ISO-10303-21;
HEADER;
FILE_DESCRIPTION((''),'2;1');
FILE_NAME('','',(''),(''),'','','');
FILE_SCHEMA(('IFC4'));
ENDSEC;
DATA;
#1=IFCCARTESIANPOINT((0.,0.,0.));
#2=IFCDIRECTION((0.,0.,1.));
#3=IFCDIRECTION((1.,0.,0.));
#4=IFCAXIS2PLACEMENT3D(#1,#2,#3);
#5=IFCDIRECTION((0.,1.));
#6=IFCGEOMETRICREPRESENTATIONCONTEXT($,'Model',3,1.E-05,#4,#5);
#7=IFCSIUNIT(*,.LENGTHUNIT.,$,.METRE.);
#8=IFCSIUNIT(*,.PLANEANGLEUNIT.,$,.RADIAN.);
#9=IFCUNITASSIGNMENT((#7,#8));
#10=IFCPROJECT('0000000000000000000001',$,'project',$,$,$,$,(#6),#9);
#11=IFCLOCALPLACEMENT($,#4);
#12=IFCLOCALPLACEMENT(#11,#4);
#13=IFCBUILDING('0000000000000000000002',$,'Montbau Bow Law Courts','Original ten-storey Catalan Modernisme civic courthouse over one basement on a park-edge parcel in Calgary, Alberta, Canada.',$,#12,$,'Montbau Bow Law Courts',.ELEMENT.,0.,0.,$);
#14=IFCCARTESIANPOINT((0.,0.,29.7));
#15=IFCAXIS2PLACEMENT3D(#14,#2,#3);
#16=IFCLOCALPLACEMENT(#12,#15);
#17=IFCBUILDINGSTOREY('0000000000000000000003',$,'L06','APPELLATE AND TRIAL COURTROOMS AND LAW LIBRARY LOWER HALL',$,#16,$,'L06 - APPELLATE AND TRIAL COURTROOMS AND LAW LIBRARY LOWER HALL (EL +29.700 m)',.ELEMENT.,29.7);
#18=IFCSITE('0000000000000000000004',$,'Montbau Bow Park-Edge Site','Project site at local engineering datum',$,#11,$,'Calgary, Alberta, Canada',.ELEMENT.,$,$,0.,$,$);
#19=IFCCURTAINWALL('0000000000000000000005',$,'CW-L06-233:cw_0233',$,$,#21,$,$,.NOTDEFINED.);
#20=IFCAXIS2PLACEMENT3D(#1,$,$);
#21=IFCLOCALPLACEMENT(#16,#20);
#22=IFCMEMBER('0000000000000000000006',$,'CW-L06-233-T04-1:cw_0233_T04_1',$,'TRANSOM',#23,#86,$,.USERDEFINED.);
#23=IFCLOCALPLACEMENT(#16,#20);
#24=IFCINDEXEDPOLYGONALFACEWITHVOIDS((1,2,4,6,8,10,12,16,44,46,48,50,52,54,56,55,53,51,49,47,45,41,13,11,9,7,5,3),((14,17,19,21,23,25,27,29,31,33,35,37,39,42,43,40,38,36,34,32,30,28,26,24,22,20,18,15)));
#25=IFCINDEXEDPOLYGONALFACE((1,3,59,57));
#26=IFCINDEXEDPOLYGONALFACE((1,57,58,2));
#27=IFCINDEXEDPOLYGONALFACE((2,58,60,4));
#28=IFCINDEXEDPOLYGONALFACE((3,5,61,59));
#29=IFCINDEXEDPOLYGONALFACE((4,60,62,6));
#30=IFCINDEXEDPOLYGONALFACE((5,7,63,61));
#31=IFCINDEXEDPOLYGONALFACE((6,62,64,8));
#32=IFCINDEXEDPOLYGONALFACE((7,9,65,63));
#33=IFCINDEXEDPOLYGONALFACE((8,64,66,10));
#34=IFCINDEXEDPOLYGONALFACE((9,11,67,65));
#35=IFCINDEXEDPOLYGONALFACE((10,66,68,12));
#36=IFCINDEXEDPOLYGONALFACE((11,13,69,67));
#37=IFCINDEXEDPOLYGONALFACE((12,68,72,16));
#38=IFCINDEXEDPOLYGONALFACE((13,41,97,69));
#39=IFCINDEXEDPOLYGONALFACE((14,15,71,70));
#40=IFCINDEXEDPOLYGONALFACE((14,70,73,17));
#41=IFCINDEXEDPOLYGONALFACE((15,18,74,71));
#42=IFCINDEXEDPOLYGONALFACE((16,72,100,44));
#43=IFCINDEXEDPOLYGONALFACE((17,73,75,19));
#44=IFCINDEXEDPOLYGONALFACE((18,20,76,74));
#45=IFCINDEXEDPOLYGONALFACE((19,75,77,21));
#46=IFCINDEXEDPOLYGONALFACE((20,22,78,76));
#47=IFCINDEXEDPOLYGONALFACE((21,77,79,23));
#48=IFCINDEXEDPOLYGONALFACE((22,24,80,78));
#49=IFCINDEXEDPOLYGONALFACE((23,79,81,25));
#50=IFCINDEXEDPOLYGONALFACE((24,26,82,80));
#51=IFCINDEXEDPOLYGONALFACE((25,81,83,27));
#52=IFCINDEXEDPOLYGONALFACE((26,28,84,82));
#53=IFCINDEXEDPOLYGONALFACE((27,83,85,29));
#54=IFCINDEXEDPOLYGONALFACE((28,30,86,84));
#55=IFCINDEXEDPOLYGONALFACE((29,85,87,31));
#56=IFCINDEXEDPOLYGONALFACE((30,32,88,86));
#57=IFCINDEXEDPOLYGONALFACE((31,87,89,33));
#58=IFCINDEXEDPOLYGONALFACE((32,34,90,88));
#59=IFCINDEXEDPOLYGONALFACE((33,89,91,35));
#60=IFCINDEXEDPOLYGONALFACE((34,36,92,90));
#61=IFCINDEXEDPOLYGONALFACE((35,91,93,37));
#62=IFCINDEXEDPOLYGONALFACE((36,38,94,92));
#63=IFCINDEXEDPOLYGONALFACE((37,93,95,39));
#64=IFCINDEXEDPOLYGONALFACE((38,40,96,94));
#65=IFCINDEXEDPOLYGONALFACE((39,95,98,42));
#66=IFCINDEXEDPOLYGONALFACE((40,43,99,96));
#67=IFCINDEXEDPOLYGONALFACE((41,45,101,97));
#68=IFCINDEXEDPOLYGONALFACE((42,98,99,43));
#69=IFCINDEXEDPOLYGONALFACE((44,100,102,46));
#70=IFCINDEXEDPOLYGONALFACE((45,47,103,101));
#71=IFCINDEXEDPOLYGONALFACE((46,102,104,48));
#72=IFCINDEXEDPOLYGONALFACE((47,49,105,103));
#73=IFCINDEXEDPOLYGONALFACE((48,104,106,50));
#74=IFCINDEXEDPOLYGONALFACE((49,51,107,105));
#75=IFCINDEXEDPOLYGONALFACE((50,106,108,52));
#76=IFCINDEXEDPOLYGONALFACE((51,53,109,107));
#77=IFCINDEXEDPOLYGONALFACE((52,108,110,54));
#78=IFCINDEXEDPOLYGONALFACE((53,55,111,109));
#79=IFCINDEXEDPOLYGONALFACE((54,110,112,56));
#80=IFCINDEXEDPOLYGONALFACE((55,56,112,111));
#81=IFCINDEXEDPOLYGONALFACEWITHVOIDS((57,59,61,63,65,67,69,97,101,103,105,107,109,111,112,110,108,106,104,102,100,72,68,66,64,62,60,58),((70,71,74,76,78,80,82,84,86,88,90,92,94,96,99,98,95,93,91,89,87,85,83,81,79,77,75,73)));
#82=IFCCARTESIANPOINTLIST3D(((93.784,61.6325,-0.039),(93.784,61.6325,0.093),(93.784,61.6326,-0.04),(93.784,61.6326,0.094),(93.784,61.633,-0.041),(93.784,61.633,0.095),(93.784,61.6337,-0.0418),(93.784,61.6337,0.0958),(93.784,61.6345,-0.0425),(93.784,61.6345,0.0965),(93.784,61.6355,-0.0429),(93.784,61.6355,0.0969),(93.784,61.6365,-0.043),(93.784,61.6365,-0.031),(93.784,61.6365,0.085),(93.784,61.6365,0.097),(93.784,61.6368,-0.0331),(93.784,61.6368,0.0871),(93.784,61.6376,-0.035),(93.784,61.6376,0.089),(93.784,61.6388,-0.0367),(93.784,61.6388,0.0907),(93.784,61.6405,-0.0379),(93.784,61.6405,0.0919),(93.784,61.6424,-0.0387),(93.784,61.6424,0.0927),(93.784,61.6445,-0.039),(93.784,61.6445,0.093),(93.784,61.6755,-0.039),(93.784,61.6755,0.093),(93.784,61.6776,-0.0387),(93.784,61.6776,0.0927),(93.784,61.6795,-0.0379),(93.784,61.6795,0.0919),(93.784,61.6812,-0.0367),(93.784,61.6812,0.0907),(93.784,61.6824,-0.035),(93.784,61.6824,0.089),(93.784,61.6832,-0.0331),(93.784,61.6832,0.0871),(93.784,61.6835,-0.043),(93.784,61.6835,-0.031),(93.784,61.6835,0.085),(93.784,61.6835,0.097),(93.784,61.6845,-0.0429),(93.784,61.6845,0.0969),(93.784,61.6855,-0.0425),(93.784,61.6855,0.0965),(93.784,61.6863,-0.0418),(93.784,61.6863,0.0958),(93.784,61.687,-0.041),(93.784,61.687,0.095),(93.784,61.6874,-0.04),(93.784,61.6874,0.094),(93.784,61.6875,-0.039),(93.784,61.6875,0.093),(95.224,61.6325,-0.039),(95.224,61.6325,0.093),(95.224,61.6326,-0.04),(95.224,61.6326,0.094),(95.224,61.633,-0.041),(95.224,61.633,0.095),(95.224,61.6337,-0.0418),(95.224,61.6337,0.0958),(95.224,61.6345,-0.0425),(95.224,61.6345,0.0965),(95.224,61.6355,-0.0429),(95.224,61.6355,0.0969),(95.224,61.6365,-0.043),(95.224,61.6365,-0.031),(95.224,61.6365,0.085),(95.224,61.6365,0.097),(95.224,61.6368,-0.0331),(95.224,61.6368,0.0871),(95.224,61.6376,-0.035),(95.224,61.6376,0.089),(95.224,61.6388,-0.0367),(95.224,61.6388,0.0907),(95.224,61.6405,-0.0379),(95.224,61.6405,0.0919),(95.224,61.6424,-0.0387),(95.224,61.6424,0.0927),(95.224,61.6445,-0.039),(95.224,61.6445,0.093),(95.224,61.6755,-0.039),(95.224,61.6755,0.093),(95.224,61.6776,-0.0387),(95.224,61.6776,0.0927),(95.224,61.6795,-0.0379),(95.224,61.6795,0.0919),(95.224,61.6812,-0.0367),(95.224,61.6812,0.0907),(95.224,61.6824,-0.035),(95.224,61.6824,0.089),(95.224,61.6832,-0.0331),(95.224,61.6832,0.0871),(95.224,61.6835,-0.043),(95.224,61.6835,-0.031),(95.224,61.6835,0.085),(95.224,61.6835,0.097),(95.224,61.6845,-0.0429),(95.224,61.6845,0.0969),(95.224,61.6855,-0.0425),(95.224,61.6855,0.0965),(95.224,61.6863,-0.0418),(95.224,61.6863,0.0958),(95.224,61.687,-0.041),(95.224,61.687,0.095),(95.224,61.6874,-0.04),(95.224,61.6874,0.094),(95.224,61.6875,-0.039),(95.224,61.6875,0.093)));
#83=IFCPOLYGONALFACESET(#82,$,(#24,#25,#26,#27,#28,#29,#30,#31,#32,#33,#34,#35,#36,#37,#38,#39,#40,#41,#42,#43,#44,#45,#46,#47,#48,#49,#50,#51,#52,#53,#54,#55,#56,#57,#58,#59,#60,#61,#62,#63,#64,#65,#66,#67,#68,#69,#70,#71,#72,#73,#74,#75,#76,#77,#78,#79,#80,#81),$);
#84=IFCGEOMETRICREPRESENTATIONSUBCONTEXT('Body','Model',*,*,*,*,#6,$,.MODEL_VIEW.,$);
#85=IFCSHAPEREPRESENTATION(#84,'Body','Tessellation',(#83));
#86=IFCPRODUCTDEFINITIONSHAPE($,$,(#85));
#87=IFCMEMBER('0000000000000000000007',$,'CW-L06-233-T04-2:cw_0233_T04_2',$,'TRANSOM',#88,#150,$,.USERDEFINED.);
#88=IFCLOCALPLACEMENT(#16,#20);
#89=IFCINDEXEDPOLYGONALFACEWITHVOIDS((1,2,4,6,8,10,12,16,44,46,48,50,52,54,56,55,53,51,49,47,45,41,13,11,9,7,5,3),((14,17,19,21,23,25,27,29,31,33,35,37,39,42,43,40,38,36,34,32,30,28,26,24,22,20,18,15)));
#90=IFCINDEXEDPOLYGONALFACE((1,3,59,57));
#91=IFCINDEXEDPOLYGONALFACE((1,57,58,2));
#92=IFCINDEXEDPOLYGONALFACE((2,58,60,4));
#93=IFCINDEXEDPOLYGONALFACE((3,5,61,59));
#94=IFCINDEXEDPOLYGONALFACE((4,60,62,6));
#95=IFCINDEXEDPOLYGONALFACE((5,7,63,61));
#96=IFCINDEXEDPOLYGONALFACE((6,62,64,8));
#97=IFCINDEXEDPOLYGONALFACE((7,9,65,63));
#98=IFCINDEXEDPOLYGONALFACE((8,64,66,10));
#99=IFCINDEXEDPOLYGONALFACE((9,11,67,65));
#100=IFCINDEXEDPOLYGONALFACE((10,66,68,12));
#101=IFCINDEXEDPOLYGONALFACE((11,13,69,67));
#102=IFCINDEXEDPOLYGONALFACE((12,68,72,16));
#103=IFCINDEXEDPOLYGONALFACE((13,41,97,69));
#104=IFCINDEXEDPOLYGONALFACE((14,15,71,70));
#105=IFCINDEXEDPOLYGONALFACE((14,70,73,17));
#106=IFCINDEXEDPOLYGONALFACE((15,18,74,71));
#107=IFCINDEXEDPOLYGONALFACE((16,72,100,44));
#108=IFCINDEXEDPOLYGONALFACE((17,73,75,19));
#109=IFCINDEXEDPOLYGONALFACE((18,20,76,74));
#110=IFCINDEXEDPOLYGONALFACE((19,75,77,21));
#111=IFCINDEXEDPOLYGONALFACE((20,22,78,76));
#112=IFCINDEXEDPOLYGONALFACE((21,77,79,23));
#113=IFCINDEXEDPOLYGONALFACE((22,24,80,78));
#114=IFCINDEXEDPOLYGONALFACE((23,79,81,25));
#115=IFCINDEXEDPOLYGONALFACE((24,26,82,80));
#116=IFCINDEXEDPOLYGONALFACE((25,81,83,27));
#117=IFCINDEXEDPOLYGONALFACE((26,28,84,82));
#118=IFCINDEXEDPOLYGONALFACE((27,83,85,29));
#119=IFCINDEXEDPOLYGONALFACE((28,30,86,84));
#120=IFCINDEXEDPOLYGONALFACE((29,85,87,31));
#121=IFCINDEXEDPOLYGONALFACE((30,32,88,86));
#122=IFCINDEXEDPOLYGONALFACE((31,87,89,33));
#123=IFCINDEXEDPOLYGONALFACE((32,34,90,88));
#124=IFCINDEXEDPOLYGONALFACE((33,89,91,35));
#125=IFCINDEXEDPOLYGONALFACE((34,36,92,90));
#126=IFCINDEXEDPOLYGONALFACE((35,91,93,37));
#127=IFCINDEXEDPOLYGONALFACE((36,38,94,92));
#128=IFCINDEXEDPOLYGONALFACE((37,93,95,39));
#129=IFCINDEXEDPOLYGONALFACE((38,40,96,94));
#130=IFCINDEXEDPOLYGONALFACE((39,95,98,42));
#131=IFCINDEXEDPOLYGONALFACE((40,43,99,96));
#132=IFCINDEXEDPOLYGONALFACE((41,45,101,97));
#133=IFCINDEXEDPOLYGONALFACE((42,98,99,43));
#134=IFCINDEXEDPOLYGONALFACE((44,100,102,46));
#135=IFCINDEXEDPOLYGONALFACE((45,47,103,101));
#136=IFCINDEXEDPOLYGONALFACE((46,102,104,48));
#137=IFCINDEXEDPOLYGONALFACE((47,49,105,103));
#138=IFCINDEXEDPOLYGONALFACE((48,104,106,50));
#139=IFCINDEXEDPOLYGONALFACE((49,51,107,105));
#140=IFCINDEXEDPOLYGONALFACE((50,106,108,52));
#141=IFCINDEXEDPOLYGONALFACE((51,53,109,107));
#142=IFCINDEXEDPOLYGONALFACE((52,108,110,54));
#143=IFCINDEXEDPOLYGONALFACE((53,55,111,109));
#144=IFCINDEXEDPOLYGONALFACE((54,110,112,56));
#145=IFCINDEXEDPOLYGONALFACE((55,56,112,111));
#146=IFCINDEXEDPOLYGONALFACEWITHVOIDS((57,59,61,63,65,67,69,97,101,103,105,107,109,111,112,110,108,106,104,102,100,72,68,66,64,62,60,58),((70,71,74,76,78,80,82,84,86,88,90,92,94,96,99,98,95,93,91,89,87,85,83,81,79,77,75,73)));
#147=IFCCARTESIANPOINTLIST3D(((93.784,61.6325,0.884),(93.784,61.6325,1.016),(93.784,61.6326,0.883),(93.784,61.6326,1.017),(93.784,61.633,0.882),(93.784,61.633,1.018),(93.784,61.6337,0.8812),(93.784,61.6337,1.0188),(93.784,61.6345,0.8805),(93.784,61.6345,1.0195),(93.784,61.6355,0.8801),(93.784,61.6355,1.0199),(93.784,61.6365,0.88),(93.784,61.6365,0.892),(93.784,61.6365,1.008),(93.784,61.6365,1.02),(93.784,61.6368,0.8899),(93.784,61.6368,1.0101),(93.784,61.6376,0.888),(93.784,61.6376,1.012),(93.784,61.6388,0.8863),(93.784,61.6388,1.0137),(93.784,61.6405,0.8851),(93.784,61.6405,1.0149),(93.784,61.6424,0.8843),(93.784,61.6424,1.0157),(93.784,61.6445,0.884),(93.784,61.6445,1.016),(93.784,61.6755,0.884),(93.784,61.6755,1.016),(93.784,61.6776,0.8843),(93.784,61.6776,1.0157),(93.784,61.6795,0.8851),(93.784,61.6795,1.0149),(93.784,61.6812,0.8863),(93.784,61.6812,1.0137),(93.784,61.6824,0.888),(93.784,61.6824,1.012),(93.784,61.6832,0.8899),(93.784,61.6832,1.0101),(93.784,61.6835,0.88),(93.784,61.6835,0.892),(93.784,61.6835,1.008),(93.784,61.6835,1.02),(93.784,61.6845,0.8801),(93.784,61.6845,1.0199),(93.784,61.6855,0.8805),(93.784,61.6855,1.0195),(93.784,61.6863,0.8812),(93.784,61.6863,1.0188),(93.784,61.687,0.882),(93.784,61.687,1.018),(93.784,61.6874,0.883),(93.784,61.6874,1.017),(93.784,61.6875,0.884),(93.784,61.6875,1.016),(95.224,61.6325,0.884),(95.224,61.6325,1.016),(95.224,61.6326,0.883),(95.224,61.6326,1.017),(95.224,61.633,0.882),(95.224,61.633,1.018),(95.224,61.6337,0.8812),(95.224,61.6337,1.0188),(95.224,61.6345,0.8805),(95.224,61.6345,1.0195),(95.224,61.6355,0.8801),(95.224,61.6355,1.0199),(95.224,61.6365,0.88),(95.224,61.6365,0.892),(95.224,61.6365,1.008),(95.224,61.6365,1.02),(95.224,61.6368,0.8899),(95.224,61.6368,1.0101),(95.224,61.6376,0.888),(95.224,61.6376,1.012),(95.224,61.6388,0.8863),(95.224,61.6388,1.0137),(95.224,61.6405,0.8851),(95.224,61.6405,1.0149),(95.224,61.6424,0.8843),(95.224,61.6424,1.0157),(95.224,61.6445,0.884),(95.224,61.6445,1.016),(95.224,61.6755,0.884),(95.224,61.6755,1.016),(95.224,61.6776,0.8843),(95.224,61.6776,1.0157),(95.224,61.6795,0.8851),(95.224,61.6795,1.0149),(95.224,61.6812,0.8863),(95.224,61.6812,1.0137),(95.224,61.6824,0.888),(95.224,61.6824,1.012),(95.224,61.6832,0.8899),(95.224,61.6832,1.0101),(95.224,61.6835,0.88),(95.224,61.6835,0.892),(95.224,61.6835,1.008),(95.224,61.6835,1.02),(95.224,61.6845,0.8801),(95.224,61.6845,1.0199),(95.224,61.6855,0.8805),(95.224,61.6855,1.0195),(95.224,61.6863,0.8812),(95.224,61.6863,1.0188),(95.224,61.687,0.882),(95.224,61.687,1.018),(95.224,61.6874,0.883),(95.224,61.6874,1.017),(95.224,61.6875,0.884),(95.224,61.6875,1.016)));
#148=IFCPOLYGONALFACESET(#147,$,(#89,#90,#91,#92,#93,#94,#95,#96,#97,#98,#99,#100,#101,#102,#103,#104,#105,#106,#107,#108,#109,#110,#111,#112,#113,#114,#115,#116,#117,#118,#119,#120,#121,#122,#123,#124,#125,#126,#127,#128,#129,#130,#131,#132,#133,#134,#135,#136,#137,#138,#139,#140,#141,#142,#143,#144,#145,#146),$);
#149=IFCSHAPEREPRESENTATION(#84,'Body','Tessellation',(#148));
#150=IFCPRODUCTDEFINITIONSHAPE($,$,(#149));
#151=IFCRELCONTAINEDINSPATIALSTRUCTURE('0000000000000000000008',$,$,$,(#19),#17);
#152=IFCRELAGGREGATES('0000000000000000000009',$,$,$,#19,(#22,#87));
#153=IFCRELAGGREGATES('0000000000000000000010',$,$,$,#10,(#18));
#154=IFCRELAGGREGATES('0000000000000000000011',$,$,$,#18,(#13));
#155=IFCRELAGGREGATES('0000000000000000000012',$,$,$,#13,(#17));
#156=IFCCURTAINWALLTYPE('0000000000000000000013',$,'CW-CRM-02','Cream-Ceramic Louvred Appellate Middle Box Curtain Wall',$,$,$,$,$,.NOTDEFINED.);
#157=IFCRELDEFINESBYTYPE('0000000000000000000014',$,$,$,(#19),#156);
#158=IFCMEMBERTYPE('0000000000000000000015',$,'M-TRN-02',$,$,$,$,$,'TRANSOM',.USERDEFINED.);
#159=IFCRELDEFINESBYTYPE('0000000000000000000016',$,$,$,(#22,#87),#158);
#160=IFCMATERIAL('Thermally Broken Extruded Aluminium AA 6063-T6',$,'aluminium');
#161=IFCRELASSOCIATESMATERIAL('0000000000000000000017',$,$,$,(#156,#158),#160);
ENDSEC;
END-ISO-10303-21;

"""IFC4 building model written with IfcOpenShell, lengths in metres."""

from ifc_helpers import new_model, si_unit, direction, frame, origin_with_axes, origin_2d_with_axis, place, context, subcontext, project, spatial, hollow_rectangle, extrude, material, material_profile, profile_set, type_object, element, aggregate, save


model = new_model("IFC4")

# Units and contexts
model_context = context("Model", 3, precision=1e-05, world=origin_with_axes(), true_north=direction((0.0, 1.0)))
body_context = subcontext(model_context, "Body", "Model", "MODEL_VIEW")
ifc_project = project(units=[si_unit("LENGTHUNIT", "METRE"), si_unit("PLANEANGLEUNIT", "RADIAN")], contexts=[model_context])

# Site, building, storey
site_placement = place(None, origin_with_axes())
site = spatial("IfcSite", under=ifc_project, at=site_placement, Name="Montbau Bow Park-Edge Site", Description="Project site at local engineering datum", LongName="Calgary, Alberta, Canada", CompositionType="ELEMENT", RefElevation=0.0)
building_placement = place(site_placement, origin_with_axes())
building = spatial("IfcBuilding", under=site, at=building_placement, Name="Montbau Bow Law Courts", Description="Original ten-storey Catalan Modernisme civic courthouse over one basement on a park-edge parcel in Calgary, Alberta, Canada.", LongName="Montbau Bow Law Courts", CompositionType="ELEMENT", ElevationOfRefHeight=0.0, ElevationOfTerrain=0.0)
storey_placement = place(building_placement, frame((0.0, 0.0, 29.7), z_axis=(0.0, 0.0, 1.0), x_axis=(1.0, 0.0, 0.0)))
storey = spatial("IfcBuildingStorey", under=building, at=storey_placement, Name="L06", Description="APPELLATE AND TRIAL COURTROOMS AND LAW LIBRARY LOWER HALL", LongName="L06 - APPELLATE AND TRIAL COURTROOMS AND LAW LIBRARY LOWER HALL (EL +29.700 m)", CompositionType="ELEMENT", Elevation=29.7)

# Curtain wall, members
ifc_material_1 = material(Name="Thermally Broken Extruded Aluminium AA 6063-T6", Category="aluminium")
curtain_wall_type = type_object("IfcCurtainWallType", Name="CW-CRM-02", Description="Cream-Ceramic Louvred Appellate Middle Box Curtain Wall", PredefinedType="NOTDEFINED", material=ifc_material_1)
curtain_wall_placement = place(None, frame((89.24, 61.66, 29.7), z_axis=(0.0, 0.0, 1.0), x_axis=(1.0, 0.0, 0.0)))
curtain_wall = element("IfcCurtainWall", 1, at=curtain_wall_placement, inside=storey, type_object=curtain_wall_type, Name="CW-L06-233:cw_0233", PredefinedType="NOTDEFINED")
ifc_material_profile_1 = material_profile(ifc_material_1, hollow_rectangle(XDim=0.055, YDim=0.14, WallThickness=0.004, InnerFilletRadius=0.008, OuterFilletRadius=0.004, at=origin_2d_with_axis()), Name="CWT-140X55", Category="Main", Priority=0)
ifc_profile_set_1 = profile_set([ifc_material_profile_1], Name="Thermally Broken Extruded Aluminium AA 6063-T6")
member_type_1 = type_object("IfcMemberType", Name="M-TRN-02", ElementType="TRANSOM", PredefinedType="USERDEFINED", material=ifc_profile_set_1)
member_1_placement = place(None, frame((93.784, 61.66, 29.727), z_axis=(1.0, 0.0, 0.0), x_axis=(0.0, 1.0, 0.0)))
member_1 = element("IfcMember", 2, at=member_1_placement, type_object=member_type_1, Name="CW-L06-233-T04-1:cw_0233_T04_1", ObjectType="TRANSOM", PredefinedType="USERDEFINED", context=body_context, shape_type="SweptSolid", body=[
    extrude(hollow_rectangle(XDim=0.055, YDim=0.14, WallThickness=0.004, InnerFilletRadius=0.008, OuterFilletRadius=0.004, at=origin_2d_with_axis()), origin_with_axes(), (0.0, 0.0, 1.0), 1.44),
])
member_2_placement = place(None, frame((93.784, 61.66, 30.65), z_axis=(1.0, 0.0, 0.0), x_axis=(0.0, 1.0, 0.0)))
member_2 = element("IfcMember", 3, at=member_2_placement, type_object=member_type_1, Name="CW-L06-233-T04-2:cw_0233_T04_2", ObjectType="TRANSOM", PredefinedType="USERDEFINED", context=body_context, shape_type="SweptSolid", body=[
    extrude(hollow_rectangle(XDim=0.055, YDim=0.14, WallThickness=0.004, InnerFilletRadius=0.008, OuterFilletRadius=0.004, at=origin_2d_with_axis()), origin_with_axes(), (0.0, 0.0, 1.0), 1.44),
])
aggregate(curtain_wall, [member_1, member_2])

save(model, "model.ifc")
